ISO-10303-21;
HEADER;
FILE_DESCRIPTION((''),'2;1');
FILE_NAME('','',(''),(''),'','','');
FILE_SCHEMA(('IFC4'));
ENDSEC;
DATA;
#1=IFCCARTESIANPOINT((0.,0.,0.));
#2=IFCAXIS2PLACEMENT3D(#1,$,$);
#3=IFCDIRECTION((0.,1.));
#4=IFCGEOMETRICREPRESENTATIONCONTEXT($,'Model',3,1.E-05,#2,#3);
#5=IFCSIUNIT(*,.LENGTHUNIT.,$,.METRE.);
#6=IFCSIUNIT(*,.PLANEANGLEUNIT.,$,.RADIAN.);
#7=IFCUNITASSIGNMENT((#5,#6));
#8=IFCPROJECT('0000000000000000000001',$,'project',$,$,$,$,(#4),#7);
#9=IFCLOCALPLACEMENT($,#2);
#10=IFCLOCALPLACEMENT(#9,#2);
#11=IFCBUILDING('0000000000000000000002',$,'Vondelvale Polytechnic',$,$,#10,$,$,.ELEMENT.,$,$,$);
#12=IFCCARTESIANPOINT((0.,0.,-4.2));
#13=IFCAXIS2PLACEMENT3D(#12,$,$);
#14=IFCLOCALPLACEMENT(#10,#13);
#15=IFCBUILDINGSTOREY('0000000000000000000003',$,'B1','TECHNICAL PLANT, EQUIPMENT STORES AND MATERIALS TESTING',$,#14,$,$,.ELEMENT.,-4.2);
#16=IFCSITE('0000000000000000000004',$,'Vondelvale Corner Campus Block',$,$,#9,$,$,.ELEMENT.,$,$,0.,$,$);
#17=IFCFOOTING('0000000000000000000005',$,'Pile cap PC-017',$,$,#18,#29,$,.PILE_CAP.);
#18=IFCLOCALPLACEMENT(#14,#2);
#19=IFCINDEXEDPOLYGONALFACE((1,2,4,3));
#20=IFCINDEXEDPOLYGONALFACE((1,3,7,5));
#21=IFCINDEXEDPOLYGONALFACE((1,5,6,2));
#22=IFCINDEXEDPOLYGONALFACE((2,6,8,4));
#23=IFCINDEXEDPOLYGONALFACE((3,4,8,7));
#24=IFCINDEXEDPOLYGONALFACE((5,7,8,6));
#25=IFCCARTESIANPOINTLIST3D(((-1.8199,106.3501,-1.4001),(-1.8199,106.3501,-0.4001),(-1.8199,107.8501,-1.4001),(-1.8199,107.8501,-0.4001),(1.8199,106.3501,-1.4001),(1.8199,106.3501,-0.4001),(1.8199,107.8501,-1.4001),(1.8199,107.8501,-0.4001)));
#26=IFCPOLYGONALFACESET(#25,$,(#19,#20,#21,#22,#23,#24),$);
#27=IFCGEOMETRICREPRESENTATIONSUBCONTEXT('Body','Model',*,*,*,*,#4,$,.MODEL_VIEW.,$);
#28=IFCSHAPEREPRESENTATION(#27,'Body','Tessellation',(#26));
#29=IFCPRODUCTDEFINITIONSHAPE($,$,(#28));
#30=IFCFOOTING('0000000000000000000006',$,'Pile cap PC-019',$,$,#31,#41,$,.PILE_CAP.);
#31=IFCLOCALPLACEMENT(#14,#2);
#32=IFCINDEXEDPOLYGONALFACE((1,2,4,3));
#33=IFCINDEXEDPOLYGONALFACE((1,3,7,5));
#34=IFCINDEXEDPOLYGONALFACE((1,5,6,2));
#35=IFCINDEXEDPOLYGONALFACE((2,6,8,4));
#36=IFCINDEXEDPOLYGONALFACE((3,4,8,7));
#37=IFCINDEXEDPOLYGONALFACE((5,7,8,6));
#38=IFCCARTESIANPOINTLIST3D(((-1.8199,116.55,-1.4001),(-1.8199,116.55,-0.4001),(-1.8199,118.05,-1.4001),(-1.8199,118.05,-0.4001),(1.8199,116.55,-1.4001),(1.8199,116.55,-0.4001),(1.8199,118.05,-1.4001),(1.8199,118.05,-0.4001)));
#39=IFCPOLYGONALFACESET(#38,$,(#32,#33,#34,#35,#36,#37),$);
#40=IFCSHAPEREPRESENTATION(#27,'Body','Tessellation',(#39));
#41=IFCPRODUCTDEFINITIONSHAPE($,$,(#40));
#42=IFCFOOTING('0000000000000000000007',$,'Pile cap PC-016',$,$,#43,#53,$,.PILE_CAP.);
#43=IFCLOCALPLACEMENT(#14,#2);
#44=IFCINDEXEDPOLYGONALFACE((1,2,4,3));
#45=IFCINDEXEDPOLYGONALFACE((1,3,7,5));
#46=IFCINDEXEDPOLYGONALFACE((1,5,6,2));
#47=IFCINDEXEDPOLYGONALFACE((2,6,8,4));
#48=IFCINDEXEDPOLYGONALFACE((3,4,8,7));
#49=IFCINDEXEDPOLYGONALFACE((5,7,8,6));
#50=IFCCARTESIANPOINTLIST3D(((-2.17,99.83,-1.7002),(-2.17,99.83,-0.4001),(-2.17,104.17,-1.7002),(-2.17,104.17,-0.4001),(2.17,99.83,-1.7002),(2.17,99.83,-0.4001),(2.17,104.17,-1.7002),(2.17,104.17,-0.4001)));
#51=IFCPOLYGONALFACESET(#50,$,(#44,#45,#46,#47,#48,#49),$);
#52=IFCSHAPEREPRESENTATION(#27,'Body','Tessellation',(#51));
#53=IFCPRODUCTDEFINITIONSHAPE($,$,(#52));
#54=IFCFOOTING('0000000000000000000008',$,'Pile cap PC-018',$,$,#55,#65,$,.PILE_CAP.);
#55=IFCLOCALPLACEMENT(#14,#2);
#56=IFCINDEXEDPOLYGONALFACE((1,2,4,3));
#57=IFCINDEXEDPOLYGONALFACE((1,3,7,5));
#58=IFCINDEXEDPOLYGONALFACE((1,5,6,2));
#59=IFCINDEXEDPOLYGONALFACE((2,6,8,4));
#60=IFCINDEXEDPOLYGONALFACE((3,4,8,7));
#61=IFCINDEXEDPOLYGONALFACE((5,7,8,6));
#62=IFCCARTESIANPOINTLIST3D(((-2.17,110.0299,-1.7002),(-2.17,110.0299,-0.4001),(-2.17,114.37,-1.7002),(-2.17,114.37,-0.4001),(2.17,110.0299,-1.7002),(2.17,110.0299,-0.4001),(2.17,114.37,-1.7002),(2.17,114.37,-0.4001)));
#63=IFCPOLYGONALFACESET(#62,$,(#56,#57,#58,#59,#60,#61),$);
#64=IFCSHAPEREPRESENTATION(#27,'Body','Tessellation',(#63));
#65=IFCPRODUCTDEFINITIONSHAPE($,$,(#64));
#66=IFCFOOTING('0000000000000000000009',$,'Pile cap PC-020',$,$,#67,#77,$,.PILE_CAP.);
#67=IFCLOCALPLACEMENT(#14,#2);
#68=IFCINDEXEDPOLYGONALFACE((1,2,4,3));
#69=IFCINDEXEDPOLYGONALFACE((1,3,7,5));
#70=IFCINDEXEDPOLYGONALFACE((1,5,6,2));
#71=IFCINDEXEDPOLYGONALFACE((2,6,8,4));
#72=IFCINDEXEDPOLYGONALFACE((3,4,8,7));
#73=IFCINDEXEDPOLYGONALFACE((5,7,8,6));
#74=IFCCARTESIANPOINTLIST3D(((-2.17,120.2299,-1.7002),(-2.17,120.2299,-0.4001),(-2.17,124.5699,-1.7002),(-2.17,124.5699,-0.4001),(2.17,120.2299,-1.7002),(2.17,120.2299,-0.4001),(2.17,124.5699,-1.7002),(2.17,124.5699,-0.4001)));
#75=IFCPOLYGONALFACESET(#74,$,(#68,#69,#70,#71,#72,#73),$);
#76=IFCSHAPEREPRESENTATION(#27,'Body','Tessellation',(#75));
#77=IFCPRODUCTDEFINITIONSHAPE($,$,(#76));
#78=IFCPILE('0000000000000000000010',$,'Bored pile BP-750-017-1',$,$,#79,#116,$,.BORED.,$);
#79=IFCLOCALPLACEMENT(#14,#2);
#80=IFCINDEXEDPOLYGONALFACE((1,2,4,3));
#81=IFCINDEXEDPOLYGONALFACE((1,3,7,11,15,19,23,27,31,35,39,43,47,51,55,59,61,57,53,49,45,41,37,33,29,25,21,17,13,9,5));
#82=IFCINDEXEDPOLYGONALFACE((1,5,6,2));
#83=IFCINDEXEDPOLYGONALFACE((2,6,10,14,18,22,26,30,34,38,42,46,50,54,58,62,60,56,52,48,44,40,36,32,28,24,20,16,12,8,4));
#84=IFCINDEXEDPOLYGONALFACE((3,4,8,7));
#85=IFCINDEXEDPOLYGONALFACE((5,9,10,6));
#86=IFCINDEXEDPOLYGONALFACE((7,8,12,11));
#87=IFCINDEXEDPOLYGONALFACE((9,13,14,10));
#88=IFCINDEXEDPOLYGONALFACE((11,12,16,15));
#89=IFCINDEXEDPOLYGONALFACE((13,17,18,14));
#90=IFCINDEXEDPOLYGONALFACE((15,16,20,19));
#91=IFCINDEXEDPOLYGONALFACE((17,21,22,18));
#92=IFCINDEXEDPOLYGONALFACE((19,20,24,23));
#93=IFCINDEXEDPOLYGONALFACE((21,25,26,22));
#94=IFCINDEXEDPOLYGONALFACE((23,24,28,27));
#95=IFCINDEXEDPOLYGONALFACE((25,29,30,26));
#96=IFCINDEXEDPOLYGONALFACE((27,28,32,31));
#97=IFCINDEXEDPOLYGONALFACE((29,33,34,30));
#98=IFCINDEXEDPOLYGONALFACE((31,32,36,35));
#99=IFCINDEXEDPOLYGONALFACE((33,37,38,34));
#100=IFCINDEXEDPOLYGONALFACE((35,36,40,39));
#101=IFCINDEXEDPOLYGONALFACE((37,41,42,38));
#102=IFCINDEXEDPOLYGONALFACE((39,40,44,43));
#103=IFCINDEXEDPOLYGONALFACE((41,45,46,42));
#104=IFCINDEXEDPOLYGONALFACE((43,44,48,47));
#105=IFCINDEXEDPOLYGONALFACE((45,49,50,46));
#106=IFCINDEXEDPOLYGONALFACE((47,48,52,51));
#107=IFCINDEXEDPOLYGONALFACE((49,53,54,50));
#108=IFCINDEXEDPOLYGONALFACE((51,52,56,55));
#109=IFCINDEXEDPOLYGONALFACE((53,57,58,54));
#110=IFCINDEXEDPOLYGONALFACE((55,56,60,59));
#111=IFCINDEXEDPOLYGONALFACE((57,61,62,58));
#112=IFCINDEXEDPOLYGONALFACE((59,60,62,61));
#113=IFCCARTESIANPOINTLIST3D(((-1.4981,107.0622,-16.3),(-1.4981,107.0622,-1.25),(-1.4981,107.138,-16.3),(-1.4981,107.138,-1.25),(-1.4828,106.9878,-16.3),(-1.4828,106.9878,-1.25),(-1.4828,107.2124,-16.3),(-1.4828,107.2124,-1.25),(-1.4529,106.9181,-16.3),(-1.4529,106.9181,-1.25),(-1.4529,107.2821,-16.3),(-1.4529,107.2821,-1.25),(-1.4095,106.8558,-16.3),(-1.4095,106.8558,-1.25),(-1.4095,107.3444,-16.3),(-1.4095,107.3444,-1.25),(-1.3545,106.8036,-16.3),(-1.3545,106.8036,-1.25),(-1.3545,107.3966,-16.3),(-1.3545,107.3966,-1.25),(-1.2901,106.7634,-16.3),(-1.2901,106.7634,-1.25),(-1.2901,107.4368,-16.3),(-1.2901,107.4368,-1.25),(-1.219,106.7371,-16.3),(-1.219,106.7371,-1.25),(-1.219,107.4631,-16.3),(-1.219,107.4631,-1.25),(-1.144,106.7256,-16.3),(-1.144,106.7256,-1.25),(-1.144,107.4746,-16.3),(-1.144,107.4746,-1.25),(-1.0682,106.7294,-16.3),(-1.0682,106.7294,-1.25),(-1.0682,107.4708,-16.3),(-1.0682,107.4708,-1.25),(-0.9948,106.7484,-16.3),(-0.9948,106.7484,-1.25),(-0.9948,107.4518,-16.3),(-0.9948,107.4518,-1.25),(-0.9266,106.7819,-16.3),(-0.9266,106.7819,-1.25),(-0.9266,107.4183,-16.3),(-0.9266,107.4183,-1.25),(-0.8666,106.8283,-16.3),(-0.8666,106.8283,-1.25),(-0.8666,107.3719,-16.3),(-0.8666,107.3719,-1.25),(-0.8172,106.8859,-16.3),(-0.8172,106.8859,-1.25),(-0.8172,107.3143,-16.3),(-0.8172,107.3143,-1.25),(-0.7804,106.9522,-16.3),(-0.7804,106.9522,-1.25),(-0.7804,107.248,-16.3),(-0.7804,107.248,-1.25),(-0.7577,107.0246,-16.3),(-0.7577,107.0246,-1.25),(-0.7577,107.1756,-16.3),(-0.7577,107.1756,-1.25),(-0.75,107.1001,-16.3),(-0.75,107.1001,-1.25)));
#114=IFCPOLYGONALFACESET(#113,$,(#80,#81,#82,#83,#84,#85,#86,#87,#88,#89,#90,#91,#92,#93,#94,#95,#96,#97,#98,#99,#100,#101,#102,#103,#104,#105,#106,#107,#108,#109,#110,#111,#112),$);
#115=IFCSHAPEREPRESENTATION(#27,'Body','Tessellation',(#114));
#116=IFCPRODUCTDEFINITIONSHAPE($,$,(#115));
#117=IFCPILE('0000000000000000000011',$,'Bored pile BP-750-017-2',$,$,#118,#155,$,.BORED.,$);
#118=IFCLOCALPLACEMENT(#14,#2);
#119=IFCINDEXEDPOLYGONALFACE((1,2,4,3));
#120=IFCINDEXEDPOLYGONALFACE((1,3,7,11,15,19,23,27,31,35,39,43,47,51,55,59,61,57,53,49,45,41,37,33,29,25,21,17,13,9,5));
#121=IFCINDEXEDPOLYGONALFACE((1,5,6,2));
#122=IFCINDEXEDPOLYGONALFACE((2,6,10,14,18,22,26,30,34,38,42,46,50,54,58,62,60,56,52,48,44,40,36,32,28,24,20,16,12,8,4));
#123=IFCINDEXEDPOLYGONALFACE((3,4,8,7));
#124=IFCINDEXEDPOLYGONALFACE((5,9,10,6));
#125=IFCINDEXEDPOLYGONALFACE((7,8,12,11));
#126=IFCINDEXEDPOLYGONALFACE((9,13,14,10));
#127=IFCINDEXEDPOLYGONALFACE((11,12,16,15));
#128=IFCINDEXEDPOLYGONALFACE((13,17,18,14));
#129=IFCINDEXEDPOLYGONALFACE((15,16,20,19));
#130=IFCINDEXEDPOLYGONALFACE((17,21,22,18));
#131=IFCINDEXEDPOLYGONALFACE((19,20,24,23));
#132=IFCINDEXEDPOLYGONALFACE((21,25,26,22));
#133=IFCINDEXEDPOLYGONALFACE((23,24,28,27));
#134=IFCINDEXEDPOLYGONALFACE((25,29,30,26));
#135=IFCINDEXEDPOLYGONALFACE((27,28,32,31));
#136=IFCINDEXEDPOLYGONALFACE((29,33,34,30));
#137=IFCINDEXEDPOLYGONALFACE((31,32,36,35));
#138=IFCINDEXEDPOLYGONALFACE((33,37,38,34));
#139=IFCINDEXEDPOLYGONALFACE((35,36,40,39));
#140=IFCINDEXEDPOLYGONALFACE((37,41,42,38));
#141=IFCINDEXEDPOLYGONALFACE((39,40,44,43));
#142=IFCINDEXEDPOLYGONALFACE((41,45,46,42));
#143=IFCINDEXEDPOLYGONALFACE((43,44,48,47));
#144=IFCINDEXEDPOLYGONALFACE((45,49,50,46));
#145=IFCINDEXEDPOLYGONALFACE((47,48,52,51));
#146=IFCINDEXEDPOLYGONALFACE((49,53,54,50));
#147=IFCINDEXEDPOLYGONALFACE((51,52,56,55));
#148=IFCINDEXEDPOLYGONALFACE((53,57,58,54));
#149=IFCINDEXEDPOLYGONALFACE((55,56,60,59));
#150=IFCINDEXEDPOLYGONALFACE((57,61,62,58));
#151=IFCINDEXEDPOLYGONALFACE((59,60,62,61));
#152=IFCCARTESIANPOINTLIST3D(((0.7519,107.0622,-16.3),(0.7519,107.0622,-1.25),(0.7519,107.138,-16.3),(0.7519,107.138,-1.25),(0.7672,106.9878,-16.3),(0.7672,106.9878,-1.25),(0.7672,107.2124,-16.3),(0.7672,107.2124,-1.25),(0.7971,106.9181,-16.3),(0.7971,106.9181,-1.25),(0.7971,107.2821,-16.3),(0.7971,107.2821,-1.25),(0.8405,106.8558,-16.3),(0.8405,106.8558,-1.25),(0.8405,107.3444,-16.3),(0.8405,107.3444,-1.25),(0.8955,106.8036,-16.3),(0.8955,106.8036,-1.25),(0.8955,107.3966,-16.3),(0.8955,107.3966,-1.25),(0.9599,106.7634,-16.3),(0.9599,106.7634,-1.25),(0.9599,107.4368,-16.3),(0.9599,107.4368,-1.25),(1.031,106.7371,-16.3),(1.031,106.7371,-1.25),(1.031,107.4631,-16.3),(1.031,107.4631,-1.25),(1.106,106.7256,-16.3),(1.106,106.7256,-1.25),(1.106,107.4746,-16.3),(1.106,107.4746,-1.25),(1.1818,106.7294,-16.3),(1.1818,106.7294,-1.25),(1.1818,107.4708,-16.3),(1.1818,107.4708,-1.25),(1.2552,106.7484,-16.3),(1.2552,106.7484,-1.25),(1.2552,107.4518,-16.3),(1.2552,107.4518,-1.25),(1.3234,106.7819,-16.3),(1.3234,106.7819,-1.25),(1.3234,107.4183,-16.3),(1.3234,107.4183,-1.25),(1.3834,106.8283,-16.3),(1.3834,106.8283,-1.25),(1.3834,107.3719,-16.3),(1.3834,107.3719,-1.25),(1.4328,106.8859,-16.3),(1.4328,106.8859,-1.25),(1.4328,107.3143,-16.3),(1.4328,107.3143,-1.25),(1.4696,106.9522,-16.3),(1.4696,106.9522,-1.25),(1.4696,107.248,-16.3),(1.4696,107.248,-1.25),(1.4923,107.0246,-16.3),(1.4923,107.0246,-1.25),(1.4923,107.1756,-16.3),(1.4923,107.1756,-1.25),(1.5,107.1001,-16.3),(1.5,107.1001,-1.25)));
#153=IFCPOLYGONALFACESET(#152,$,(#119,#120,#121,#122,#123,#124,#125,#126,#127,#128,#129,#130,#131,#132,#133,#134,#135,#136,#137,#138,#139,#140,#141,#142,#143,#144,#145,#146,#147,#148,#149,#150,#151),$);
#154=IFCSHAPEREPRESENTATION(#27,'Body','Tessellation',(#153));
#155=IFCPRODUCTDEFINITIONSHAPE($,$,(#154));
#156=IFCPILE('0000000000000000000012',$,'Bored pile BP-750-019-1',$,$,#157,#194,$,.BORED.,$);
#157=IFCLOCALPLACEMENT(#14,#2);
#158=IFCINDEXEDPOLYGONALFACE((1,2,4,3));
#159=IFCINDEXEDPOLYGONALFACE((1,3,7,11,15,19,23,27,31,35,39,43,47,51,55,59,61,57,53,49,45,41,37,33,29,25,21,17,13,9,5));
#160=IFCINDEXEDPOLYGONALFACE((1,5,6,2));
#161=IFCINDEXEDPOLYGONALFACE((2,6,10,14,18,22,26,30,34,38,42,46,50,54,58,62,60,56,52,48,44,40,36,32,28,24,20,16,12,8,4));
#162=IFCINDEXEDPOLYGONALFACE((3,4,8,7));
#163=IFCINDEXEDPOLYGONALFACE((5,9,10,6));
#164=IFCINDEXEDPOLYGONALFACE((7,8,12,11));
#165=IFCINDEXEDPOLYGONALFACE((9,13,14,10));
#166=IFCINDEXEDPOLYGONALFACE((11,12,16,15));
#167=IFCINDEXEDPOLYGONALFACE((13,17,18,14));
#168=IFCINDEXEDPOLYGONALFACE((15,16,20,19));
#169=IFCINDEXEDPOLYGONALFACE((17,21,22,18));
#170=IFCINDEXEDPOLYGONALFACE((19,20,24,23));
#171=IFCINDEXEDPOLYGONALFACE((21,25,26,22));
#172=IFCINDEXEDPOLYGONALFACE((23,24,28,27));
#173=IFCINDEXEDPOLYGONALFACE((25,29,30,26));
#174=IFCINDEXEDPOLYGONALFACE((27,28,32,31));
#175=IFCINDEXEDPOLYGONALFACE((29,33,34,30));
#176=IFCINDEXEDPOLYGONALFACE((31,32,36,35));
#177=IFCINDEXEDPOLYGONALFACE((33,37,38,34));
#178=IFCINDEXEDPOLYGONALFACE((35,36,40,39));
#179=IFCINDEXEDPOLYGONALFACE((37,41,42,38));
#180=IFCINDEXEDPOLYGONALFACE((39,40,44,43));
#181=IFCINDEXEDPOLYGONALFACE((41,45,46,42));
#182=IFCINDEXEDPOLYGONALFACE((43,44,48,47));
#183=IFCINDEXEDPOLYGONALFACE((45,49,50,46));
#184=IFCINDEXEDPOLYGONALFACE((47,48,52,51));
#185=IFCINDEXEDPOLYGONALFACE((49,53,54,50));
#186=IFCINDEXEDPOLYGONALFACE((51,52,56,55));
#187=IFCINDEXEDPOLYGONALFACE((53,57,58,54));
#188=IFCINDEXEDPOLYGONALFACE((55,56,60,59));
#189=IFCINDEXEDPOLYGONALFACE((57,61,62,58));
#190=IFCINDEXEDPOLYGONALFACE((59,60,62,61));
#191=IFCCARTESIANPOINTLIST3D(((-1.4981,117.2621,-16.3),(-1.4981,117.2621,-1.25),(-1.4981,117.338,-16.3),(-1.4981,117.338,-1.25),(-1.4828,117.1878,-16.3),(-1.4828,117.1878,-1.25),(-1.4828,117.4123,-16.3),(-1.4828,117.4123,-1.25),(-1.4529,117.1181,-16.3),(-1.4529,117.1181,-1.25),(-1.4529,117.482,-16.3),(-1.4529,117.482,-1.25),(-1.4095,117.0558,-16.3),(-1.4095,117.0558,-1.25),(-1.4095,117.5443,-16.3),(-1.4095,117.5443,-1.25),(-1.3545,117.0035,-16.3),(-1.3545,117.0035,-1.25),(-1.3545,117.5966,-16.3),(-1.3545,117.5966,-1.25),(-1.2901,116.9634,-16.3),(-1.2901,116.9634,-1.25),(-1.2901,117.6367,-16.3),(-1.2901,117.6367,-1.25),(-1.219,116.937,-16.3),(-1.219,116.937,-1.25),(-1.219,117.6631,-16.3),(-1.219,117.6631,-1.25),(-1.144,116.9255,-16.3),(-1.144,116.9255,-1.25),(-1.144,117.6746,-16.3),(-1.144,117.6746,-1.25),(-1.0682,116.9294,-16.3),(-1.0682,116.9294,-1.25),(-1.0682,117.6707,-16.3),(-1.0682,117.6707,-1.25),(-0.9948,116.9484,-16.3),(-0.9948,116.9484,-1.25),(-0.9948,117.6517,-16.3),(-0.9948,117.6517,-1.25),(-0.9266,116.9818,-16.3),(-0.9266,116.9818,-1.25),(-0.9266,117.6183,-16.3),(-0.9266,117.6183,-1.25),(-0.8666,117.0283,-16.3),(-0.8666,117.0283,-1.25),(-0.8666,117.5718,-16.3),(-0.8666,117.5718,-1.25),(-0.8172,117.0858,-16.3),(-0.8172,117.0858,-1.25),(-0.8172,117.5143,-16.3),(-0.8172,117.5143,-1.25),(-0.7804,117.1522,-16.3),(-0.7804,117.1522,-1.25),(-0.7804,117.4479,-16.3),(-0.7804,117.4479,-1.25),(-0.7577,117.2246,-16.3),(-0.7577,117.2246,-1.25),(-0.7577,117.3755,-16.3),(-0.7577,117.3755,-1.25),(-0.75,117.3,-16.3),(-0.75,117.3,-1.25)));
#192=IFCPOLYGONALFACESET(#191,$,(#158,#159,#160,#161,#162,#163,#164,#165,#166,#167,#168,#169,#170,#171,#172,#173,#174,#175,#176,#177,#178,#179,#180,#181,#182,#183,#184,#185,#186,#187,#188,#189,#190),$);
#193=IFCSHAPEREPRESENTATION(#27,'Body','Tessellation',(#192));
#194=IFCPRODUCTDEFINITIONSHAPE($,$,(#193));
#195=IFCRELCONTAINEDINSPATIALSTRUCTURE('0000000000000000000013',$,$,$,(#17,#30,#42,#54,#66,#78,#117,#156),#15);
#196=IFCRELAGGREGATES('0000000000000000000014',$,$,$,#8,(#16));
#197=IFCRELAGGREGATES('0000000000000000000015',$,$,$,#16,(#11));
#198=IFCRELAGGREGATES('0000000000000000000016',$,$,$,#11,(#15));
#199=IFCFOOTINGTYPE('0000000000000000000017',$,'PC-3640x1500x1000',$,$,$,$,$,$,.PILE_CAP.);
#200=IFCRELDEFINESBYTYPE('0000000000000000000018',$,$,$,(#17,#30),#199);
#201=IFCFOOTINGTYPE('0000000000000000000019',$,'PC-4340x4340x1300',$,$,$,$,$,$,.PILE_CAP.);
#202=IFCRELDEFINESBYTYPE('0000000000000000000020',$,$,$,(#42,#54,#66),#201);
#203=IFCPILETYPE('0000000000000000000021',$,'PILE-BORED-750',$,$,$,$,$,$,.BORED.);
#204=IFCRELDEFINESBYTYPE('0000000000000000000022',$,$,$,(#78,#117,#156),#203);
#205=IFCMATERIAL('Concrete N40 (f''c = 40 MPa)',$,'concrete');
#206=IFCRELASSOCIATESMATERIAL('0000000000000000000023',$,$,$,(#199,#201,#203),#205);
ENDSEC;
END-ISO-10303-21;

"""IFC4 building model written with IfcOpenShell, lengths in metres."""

from ifc_helpers import new_model, si_unit, direction, frame, origin, origin_2d, place, context, subcontext, project, spatial, rectangle, circle, extrude, material, material_profile, profile_set, type_object, element, save


model = new_model("IFC4")

# Units and contexts
model_context = context("Model", 3, precision=1e-05, world=origin(), true_north=direction((0.0, 1.0)))
body_context = subcontext(model_context, "Body", "Model", "MODEL_VIEW")
ifc_project = project(units=[si_unit("LENGTHUNIT", "METRE"), si_unit("PLANEANGLEUNIT", "RADIAN")], contexts=[model_context])

# Site, building, storey
site_placement = place(None, origin())
site = spatial("IfcSite", under=ifc_project, at=site_placement, Name="Vondelvale Corner Campus Block", CompositionType="ELEMENT", RefElevation=0.0)
building_placement = place(site_placement, origin())
building = spatial("IfcBuilding", under=site, at=building_placement, Name="Vondelvale Polytechnic", CompositionType="ELEMENT")
storey_placement = place(building_placement, frame((0.0, 0.0, -4.2)))
storey = spatial("IfcBuildingStorey", under=building, at=storey_placement, Name="B1", Description="TECHNICAL PLANT, EQUIPMENT STORES AND MATERIALS TESTING", CompositionType="ELEMENT", Elevation=-4.2)

# Footings
ifc_material_1 = material(Name="Concrete N40 (f'c = 40 MPa)", Category="concrete")
footing_type_1 = type_object("IfcFootingType", Name="PC-3640x1500x1000", PredefinedType="PILE_CAP", material=ifc_material_1)
for number, where, z_axis, x_axis, name in (
    (1, (0.0, 107.1001, -1.4001), (0.0, 0.0, 1.0), (1.0, 0.0, 0.0), "Pile cap PC-017"),
    (2, (0.0, 117.3, -1.4001), (0.0, 0.0, 1.0), (1.0, 0.0, 0.0), "Pile cap PC-019"),
):
    element("IfcFooting", number, at=place(storey_placement, frame(where, z_axis=z_axis, x_axis=x_axis)), inside=storey, type_object=footing_type_1, Name=name, PredefinedType="PILE_CAP", context=body_context, shape_type="SweptSolid", body=[
        extrude(rectangle(XDim=3.6399, YDim=1.5, at=origin_2d()), origin(), (0.0, 0.0, 1.0), 1.0),
    ])
footing_type_2 = type_object("IfcFootingType", Name="PC-4340x4340x1300", PredefinedType="PILE_CAP", material=ifc_material_1)
for number, where, z_axis, x_axis, name in (
    (3, (0.0, 102.0, -1.7002), (0.0, 0.0, 1.0), (1.0, 0.0, 0.0), "Pile cap PC-016"),
    (4, (0.0, 112.2, -1.7002), (0.0, 0.0, 1.0), (1.0, 0.0, 0.0), "Pile cap PC-018"),
    (5, (0.0, 122.3999, -1.7002), (0.0, 0.0, 1.0), (1.0, 0.0, 0.0), "Pile cap PC-020"),
):
    element("IfcFooting", number, at=place(storey_placement, frame(where, z_axis=z_axis, x_axis=x_axis)), inside=storey, type_object=footing_type_2, Name=name, PredefinedType="PILE_CAP", context=body_context, shape_type="SweptSolid", body=[
        extrude(rectangle(XDim=4.3401, YDim=4.3401, at=origin_2d()), origin(), (0.0, 0.0, 1.0), 1.3),
    ])

# Piles
ifc_material_profile_1 = material_profile(ifc_material_1, circle(Radius=0.375, at=origin_2d()), Name="PILE-D750")
ifc_profile_set_1 = profile_set([ifc_material_profile_1], Name="Concrete N40 (f'c = 40 MPa)")
pile_type_1 = type_object("IfcPileType", Name="PILE-BORED-750", PredefinedType="BORED", material=ifc_profile_set_1)
for number, where, z_axis, x_axis, name in (
    (6, (-1.125, 107.1001, -1.25), (0.0, 0.0, -1.0), (1.0, 0.0, 0.0), "Bored pile BP-750-017-1"),
    (7, (1.125, 107.1001, -1.25), (0.0, 0.0, -1.0), (1.0, 0.0, 0.0), "Bored pile BP-750-017-2"),
    (8, (-1.125, 117.3, -1.25), (0.0, 0.0, -1.0), (1.0, 0.0, 0.0), "Bored pile BP-750-019-1"),
):
    element("IfcPile", number, at=place(storey_placement, frame(where, z_axis=z_axis, x_axis=x_axis)), inside=storey, type_object=pile_type_1, Name=name, PredefinedType="BORED", context=body_context, shape_type="SweptSolid", body=[
        extrude(circle(Radius=0.375, at=origin_2d()), origin(), (0.0, 0.0, 1.0), 15.05),
    ])

save(model, "model.ifc")
